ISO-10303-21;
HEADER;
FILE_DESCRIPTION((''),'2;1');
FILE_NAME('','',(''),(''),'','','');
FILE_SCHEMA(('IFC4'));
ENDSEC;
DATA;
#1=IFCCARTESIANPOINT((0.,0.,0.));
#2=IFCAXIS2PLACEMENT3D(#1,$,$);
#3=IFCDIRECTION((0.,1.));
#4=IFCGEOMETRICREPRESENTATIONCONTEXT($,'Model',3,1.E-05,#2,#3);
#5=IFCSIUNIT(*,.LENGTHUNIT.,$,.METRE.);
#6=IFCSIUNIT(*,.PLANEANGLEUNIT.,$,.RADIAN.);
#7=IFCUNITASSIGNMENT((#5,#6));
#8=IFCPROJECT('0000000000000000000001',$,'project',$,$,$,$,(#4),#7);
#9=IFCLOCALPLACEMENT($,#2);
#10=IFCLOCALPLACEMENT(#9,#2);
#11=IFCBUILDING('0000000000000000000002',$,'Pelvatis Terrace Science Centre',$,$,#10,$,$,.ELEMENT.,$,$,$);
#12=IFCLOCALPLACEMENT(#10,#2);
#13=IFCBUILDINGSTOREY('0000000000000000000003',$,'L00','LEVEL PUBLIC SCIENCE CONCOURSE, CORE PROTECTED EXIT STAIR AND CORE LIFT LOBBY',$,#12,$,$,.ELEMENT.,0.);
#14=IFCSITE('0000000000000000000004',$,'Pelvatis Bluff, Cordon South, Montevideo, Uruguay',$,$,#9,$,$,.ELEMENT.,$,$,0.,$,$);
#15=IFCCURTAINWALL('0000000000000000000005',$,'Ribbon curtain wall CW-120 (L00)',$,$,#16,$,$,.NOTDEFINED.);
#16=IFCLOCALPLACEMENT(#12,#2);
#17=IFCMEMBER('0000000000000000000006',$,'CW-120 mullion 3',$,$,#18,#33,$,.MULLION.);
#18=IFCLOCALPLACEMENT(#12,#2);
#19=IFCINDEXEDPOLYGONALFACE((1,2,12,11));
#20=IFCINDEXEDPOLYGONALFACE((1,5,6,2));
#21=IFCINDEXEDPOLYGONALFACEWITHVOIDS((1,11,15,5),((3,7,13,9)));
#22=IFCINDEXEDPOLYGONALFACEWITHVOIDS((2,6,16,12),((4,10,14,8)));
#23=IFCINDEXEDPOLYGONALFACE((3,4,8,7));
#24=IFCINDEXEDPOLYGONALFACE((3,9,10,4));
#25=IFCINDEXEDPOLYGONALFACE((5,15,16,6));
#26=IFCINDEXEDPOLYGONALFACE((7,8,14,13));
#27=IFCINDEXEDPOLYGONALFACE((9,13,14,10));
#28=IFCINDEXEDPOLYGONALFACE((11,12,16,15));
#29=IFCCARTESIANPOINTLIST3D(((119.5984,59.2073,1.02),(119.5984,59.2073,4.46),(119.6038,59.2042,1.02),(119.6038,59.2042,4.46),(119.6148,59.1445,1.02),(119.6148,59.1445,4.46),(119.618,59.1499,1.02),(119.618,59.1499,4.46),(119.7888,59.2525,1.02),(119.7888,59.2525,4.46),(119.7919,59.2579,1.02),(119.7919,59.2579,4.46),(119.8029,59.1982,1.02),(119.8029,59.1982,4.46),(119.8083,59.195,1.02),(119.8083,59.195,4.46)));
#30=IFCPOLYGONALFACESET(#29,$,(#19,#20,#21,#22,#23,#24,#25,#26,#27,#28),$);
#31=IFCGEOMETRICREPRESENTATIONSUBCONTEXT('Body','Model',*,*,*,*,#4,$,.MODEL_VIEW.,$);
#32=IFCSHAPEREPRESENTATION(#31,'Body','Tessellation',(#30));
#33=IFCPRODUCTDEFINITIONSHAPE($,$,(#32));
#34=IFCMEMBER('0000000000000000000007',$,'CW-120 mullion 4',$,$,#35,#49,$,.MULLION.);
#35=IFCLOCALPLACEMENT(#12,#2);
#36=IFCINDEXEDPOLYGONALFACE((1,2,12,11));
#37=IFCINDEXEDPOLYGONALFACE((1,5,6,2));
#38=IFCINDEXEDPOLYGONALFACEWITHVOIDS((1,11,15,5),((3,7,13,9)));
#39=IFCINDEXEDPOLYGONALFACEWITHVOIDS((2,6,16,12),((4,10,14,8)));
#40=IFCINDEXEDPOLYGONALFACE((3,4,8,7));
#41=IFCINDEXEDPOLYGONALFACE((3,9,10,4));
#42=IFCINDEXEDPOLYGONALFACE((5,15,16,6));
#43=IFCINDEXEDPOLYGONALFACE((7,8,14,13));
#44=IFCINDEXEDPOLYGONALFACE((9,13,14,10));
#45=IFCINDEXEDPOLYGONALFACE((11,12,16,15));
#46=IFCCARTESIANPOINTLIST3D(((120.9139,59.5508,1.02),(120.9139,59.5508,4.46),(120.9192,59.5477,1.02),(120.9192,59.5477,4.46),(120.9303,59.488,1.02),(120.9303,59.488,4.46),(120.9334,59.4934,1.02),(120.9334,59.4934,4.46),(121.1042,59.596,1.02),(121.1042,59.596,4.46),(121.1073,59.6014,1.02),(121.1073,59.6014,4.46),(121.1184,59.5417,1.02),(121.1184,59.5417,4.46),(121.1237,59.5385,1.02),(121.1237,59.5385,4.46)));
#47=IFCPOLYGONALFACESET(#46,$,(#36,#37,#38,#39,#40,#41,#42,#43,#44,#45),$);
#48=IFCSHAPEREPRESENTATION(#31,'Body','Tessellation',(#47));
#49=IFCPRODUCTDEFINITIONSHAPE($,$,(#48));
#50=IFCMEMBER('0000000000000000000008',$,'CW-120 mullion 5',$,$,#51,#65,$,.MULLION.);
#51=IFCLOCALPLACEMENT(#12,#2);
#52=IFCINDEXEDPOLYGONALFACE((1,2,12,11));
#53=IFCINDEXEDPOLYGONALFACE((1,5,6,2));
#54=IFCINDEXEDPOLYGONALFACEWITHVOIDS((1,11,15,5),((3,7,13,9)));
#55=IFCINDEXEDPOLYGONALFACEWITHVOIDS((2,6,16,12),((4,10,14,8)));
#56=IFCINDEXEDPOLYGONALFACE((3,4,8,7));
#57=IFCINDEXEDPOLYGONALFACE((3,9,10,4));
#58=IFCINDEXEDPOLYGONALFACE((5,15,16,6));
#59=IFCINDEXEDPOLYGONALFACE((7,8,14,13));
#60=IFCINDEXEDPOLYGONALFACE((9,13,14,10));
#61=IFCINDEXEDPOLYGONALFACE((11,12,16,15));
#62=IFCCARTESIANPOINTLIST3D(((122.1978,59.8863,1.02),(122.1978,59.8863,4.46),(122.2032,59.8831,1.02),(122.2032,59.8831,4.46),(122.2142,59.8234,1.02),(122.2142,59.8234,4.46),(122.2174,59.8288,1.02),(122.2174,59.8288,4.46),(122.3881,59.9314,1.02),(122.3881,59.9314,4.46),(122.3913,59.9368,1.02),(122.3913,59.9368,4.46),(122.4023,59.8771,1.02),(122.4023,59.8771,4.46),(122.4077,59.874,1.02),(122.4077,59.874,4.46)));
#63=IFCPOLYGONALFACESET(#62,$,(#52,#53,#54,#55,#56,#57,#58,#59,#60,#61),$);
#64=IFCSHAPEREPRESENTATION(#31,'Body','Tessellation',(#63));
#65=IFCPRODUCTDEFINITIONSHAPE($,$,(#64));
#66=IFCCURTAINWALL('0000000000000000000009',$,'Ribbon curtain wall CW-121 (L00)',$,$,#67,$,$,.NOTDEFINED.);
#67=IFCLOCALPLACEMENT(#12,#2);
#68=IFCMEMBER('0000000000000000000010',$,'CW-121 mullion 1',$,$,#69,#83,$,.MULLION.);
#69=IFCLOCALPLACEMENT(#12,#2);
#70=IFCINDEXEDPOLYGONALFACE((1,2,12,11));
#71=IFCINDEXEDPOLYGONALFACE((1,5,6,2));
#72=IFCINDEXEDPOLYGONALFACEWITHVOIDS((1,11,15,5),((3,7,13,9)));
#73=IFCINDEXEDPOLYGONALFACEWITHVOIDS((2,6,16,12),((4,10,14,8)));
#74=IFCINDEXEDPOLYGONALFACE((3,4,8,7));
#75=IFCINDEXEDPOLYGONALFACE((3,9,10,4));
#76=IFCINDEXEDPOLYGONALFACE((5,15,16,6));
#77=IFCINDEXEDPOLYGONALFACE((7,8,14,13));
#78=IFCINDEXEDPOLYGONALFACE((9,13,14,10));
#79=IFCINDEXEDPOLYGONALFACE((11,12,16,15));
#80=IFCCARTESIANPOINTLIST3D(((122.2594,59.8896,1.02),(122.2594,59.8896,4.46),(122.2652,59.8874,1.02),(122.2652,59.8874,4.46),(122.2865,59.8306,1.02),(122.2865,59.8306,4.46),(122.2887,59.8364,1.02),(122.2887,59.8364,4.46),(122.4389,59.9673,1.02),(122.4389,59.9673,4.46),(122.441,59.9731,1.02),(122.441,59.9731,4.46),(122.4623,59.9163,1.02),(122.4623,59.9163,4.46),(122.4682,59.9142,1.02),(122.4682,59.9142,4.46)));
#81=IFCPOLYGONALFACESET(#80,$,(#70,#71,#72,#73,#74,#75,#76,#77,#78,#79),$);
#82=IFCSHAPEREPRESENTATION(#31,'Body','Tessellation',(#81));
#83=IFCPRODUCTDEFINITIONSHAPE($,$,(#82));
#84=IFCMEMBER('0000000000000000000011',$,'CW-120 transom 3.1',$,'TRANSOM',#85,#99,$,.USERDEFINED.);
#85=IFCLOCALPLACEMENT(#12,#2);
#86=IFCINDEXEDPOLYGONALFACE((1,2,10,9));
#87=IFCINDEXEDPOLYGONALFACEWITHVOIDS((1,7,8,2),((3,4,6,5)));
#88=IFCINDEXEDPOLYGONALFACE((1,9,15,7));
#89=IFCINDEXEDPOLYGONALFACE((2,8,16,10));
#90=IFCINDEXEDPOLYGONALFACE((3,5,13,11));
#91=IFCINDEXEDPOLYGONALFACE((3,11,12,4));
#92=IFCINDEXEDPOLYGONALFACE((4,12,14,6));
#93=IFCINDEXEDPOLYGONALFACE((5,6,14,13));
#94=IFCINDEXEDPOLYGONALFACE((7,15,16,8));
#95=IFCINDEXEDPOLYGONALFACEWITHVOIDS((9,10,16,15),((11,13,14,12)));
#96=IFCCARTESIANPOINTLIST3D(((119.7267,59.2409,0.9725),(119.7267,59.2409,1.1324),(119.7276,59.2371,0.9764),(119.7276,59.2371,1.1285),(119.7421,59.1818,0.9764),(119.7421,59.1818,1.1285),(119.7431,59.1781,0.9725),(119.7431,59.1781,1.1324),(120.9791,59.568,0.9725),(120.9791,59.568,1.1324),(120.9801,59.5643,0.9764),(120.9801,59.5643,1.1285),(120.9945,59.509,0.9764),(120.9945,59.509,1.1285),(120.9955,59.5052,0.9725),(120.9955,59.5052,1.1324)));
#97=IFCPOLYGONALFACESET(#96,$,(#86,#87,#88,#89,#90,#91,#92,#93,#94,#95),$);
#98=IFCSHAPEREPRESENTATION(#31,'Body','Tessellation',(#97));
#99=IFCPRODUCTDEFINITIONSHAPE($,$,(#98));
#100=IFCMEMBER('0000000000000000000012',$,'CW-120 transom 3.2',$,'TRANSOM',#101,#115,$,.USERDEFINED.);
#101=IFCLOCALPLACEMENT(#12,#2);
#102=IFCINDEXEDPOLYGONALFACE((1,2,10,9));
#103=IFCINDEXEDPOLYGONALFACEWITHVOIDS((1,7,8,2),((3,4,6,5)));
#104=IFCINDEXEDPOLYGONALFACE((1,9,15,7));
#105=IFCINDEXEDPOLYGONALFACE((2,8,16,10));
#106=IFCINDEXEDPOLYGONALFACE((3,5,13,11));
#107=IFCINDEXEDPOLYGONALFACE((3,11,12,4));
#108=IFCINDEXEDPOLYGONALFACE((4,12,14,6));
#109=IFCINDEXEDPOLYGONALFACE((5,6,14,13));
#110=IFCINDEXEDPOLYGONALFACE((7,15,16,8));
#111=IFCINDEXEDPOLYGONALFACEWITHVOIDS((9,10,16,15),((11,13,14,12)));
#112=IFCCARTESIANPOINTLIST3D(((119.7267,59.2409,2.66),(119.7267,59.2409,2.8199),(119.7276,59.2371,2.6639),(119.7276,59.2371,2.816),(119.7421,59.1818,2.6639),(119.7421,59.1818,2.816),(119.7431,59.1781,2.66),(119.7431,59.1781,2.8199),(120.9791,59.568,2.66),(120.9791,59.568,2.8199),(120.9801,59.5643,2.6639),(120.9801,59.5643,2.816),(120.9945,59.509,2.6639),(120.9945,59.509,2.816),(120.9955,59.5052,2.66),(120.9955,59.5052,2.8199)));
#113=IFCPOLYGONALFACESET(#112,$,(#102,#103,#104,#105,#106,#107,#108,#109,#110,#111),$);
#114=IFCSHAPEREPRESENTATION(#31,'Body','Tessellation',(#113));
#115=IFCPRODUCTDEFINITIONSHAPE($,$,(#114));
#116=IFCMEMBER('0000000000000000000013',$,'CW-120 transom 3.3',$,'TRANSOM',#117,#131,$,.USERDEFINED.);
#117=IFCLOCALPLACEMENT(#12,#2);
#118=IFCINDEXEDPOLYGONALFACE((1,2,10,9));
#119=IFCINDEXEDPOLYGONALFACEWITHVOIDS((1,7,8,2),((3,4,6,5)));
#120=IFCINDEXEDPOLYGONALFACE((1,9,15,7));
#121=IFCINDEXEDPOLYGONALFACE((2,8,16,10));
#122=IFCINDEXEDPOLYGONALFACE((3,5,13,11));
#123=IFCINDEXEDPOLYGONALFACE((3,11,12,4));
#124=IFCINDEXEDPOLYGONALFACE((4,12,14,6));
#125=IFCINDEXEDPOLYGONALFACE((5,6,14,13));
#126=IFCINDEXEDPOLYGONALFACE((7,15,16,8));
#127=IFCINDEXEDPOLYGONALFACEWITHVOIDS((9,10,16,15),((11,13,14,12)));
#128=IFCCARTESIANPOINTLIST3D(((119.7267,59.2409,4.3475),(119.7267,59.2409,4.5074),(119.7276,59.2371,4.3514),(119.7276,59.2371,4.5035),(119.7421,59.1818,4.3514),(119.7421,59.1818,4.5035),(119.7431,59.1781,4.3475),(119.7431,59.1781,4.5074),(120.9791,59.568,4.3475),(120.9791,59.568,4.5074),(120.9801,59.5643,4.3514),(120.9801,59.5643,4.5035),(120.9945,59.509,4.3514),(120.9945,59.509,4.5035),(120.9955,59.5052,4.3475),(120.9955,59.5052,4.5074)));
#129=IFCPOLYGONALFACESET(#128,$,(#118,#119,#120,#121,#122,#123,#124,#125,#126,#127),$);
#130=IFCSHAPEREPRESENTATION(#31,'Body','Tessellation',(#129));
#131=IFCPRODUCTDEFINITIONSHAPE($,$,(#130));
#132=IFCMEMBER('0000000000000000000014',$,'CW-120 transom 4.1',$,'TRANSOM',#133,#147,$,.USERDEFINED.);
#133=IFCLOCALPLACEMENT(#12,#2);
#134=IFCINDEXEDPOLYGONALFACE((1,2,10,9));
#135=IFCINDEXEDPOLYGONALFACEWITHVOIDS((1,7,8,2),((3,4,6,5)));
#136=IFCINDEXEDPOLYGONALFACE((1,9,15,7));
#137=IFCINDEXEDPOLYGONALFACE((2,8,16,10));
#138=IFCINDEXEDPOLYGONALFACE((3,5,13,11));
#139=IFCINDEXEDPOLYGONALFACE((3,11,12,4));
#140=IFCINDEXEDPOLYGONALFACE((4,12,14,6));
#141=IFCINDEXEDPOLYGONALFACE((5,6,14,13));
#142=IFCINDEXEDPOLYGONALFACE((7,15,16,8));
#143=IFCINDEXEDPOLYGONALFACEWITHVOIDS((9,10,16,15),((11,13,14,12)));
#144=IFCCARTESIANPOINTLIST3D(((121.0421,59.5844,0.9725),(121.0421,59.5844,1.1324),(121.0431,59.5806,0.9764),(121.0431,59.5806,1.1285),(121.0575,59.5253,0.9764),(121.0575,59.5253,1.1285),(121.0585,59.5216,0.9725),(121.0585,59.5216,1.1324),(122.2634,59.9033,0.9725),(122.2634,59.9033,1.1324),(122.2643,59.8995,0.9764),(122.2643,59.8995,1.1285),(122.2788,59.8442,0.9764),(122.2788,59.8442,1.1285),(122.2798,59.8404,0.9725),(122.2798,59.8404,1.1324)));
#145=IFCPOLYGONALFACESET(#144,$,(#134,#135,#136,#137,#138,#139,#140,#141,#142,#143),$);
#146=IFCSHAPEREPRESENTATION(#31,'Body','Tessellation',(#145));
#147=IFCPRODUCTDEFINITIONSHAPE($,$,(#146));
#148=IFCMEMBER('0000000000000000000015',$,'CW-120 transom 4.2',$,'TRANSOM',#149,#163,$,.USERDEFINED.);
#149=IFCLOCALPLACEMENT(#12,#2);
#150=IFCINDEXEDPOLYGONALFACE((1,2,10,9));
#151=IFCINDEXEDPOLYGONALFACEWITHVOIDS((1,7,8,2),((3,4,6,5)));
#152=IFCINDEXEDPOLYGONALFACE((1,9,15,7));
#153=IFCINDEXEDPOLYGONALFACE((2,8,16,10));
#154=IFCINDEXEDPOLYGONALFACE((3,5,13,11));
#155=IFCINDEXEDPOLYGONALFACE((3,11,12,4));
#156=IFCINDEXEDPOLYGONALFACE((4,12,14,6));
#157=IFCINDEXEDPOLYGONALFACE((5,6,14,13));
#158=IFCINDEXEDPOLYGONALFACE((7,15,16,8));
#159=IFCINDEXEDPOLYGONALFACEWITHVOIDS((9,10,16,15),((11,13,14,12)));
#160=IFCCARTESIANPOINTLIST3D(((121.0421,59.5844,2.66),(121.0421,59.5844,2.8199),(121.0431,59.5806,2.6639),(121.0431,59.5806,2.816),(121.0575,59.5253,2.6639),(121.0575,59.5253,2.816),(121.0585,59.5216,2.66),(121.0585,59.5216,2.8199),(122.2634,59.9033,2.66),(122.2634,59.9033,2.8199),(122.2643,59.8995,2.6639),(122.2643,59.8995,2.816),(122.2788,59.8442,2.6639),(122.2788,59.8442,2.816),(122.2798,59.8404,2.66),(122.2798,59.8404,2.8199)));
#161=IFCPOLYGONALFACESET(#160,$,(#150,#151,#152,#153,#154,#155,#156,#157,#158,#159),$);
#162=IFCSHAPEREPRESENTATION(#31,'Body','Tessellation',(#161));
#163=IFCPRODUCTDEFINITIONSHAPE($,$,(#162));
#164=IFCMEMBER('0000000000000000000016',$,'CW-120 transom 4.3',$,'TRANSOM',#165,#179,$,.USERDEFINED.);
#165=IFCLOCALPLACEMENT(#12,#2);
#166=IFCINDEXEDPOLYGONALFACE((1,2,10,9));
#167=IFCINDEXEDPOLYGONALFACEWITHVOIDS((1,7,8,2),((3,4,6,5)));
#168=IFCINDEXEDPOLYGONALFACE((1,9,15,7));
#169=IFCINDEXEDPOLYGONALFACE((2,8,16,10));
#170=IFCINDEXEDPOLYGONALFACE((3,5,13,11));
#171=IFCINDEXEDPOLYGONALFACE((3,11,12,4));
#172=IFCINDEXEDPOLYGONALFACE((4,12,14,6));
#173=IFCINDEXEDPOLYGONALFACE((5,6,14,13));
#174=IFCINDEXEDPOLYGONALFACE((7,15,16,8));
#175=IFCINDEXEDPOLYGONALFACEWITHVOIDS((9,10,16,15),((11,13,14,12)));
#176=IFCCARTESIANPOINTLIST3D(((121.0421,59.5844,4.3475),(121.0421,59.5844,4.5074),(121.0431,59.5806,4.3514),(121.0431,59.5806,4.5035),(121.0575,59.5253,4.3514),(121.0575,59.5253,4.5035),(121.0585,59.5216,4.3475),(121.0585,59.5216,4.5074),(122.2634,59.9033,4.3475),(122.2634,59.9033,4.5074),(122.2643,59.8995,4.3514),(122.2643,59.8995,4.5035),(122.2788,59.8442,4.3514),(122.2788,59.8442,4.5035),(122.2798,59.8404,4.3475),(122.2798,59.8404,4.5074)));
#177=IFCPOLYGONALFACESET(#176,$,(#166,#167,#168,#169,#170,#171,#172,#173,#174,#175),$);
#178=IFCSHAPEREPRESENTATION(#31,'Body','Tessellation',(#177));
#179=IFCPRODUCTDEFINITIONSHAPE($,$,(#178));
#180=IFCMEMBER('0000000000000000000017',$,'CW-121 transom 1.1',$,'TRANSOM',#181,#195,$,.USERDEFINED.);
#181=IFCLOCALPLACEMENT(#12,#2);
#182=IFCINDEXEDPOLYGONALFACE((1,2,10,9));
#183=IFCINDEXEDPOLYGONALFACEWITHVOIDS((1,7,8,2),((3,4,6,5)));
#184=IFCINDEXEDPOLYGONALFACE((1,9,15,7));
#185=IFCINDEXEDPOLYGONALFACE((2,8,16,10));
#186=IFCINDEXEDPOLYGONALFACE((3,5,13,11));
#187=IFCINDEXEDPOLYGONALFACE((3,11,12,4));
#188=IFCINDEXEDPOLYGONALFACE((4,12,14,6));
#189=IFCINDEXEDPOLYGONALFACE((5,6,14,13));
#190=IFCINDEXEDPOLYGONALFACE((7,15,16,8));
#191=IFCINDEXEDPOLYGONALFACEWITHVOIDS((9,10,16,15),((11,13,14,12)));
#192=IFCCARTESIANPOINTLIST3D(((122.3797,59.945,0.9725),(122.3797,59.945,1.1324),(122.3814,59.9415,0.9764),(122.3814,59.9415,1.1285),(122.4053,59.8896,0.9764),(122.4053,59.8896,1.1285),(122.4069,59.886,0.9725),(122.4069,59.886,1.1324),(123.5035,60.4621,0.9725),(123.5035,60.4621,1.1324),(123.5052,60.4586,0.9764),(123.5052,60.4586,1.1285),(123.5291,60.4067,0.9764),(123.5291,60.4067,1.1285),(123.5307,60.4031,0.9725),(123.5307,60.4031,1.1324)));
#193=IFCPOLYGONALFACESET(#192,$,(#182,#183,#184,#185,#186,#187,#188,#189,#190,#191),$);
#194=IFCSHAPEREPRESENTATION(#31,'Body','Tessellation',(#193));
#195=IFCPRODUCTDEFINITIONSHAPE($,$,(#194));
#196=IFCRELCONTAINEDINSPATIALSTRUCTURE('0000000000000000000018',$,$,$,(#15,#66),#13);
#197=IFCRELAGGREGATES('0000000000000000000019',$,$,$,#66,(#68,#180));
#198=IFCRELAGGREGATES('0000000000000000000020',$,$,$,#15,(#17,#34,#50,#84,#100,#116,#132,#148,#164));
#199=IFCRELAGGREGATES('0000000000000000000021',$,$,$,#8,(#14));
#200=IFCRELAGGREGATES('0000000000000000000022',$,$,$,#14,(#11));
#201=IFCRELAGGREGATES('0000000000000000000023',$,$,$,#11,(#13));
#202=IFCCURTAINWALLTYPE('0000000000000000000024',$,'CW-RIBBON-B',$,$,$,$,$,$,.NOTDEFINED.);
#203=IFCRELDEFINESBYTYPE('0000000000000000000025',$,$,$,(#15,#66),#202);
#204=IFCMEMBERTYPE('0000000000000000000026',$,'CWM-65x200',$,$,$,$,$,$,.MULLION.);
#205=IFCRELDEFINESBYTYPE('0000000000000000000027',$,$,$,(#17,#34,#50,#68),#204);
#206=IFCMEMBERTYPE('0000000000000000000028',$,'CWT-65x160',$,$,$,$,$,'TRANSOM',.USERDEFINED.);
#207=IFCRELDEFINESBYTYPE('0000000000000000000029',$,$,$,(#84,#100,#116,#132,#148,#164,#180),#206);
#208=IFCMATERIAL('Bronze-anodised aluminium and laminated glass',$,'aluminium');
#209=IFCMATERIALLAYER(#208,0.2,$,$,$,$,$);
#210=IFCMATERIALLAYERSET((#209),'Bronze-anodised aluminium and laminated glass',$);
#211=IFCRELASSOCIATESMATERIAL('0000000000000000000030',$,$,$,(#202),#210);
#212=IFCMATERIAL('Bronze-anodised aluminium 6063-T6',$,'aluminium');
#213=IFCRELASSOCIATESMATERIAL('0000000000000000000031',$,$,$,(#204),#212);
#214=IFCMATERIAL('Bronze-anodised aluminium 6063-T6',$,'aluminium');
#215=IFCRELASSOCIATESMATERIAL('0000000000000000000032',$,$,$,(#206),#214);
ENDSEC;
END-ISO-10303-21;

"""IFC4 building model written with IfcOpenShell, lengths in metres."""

from ifc_helpers import new_model, si_unit, direction, frame, origin, origin_2d, place, context, subcontext, project, spatial, hollow_rectangle, extrude, material, layer, layer_set, material_profile, profile_set, type_object, element, aggregate, save


model = new_model("IFC4")

# Units and contexts
model_context = context("Model", 3, precision=1e-05, world=origin(), true_north=direction((0.0, 1.0)))
body_context = subcontext(model_context, "Body", "Model", "MODEL_VIEW")
ifc_project = project(units=[si_unit("LENGTHUNIT", "METRE"), si_unit("PLANEANGLEUNIT", "RADIAN")], contexts=[model_context])

# Site, building, storey
site_placement = place(None, origin())
site = spatial("IfcSite", under=ifc_project, at=site_placement, Name="Pelvatis Bluff, Cordon South, Montevideo, Uruguay", CompositionType="ELEMENT", RefElevation=0.0)
building_placement = place(site_placement, origin())
building = spatial("IfcBuilding", under=site, at=building_placement, Name="Pelvatis Terrace Science Centre", CompositionType="ELEMENT")
storey_placement = place(building_placement, origin())
storey = spatial("IfcBuildingStorey", under=building, at=storey_placement, Name="L00", Description="LEVEL PUBLIC SCIENCE CONCOURSE, CORE PROTECTED EXIT STAIR AND CORE LIFT LOBBY", CompositionType="ELEMENT", Elevation=0.0)

# Curtain wall, members
ifc_material_1 = material(Name="Bronze-anodised aluminium and laminated glass", Category="aluminium")
ifc_layer_1 = layer(ifc_material_1, 0.2)
ifc_layer_set_1 = layer_set([ifc_layer_1], Name="Bronze-anodised aluminium and laminated glass")
curtain_wall_type = type_object("IfcCurtainWallType", Name="CW-RIBBON-B", PredefinedType="NOTDEFINED", material=ifc_layer_set_1)
curtain_wall_1_placement = place(storey_placement, origin())
curtain_wall_1 = element("IfcCurtainWall", 1, at=curtain_wall_1_placement, inside=storey, type_object=curtain_wall_type, Name="Ribbon curtain wall CW-120 (L00)", PredefinedType="NOTDEFINED")
ifc_material_2 = material(Name="Bronze-anodised aluminium 6063-T6", Category="aluminium")
ifc_material_profile_1 = material_profile(ifc_material_2, hollow_rectangle(XDim=0.0649, YDim=0.2, WallThickness=0.0044, at=origin_2d()), Name="ALU-MUL 65x200")
ifc_profile_set_1 = profile_set([ifc_material_profile_1], Name="Bronze-anodised aluminium 6063-T6")
member_type_1 = type_object("IfcMemberType", Name="CWM-65x200", PredefinedType="MULLION", material=ifc_profile_set_1)
member_1_placement = place(storey_placement, frame((119.7034, 59.2012, 1.02), z_axis=(0.0, 0.0, 1.0), x_axis=(-0.252698, 0.967545, 0.0)))
member_1 = element("IfcMember", 2, at=member_1_placement, type_object=member_type_1, Name="CW-120 mullion 3", PredefinedType="MULLION", context=body_context, shape_type="SweptSolid", body=[
    extrude(hollow_rectangle(XDim=0.0649, YDim=0.2, WallThickness=0.0044, at=origin_2d()), origin(), (0.0, 0.0, 1.0), 3.4399),
])
member_2_placement = place(storey_placement, frame((121.0188, 59.5447, 1.02), z_axis=(0.0, 0.0, 1.0), x_axis=(-0.252698, 0.967545, 0.0)))
member_2 = element("IfcMember", 3, at=member_2_placement, type_object=member_type_1, Name="CW-120 mullion 4", PredefinedType="MULLION", context=body_context, shape_type="SweptSolid", body=[
    extrude(hollow_rectangle(XDim=0.0649, YDim=0.2, WallThickness=0.0044, at=origin_2d()), origin(), (0.0, 0.0, 1.0), 3.4399),
])
member_3_placement = place(storey_placement, frame((122.3027, 59.8801, 1.02), z_axis=(0.0, 0.0, 1.0), x_axis=(-0.252698, 0.967545, 0.0)))
member_3 = element("IfcMember", 4, at=member_3_placement, type_object=member_type_1, Name="CW-120 mullion 5", PredefinedType="MULLION", context=body_context, shape_type="SweptSolid", body=[
    extrude(hollow_rectangle(XDim=0.0649, YDim=0.2, WallThickness=0.0044, at=origin_2d()), origin(), (0.0, 0.0, 1.0), 3.4399),
])

# Curtain wall, member
curtain_wall_2_placement = place(storey_placement, origin())
curtain_wall_2 = element("IfcCurtainWall", 5, at=curtain_wall_2_placement, inside=storey, type_object=curtain_wall_type, Name="Ribbon curtain wall CW-121 (L00)", PredefinedType="NOTDEFINED")
member_4_placement = place(storey_placement, frame((122.3638, 59.9019, 1.02), z_axis=(0.0, 0.0, 1.0), x_axis=(-0.418057, 0.908421, 0.0)))
member_4 = element("IfcMember", 6, at=member_4_placement, type_object=member_type_1, Name="CW-121 mullion 1", PredefinedType="MULLION", context=body_context, shape_type="SweptSolid", body=[
    extrude(hollow_rectangle(XDim=0.0649, YDim=0.2, WallThickness=0.0044, at=origin_2d()), origin(), (0.0, 0.0, 1.0), 3.4399),
])

# Members
ifc_material_3 = material(Name="Bronze-anodised aluminium 6063-T6", Category="aluminium")
ifc_material_profile_2 = material_profile(ifc_material_3, hollow_rectangle(XDim=0.0649, YDim=0.1599, WallThickness=0.0039, at=origin_2d()), Name="ALU-TRN 65x160")
ifc_profile_set_2 = profile_set([ifc_material_profile_2], Name="Bronze-anodised aluminium 6063-T6")
member_type_2 = type_object("IfcMemberType", Name="CWT-65x160", ElementType="TRANSOM", PredefinedType="USERDEFINED", material=ifc_profile_set_2)
member_5_placement = place(storey_placement, frame((119.7349, 59.2095, 1.0525), z_axis=(0.967537, 0.252729, 0.0), x_axis=(-0.252729, 0.967537, 0.0)))
member_5 = element("IfcMember", 7, at=member_5_placement, type_object=member_type_2, Name="CW-120 transom 3.1", ObjectType="TRANSOM", PredefinedType="USERDEFINED", context=body_context, shape_type="SweptSolid", body=[
    extrude(hollow_rectangle(XDim=0.0649, YDim=0.1599, WallThickness=0.0039, at=origin_2d()), origin(), (0.0, 0.0, 1.0), 1.2944),
])
member_6_placement = place(storey_placement, frame((119.7349, 59.2095, 2.74), z_axis=(0.967537, 0.252729, 0.0), x_axis=(-0.252729, 0.967537, 0.0)))
member_6 = element("IfcMember", 8, at=member_6_placement, type_object=member_type_2, Name="CW-120 transom 3.2", ObjectType="TRANSOM", PredefinedType="USERDEFINED", context=body_context, shape_type="SweptSolid", body=[
    extrude(hollow_rectangle(XDim=0.0649, YDim=0.1599, WallThickness=0.0039, at=origin_2d()), origin(), (0.0, 0.0, 1.0), 1.2944),
])
member_7_placement = place(storey_placement, frame((119.7349, 59.2095, 4.4275), z_axis=(0.967537, 0.252729, 0.0), x_axis=(-0.252729, 0.967537, 0.0)))
member_7 = element("IfcMember", 9, at=member_7_placement, type_object=member_type_2, Name="CW-120 transom 3.3", ObjectType="TRANSOM", PredefinedType="USERDEFINED", context=body_context, shape_type="SweptSolid", body=[
    extrude(hollow_rectangle(XDim=0.0649, YDim=0.1599, WallThickness=0.0039, at=origin_2d()), origin(), (0.0, 0.0, 1.0), 1.2944),
])
member_8_placement = place(storey_placement, frame((121.0503, 59.553, 1.0525), z_axis=(0.967564, 0.252627, 0.0), x_axis=(-0.252627, 0.967564, 0.0)))
member_8 = element("IfcMember", 10, at=member_8_placement, type_object=member_type_2, Name="CW-120 transom 4.1", ObjectType="TRANSOM", PredefinedType="USERDEFINED", context=body_context, shape_type="SweptSolid", body=[
    extrude(hollow_rectangle(XDim=0.0649, YDim=0.1599, WallThickness=0.0039, at=origin_2d()), origin(), (0.0, 0.0, 1.0), 1.2622),
])
member_9_placement = place(storey_placement, frame((121.0503, 59.553, 2.74), z_axis=(0.967564, 0.252627, 0.0), x_axis=(-0.252627, 0.967564, 0.0)))
member_9 = element("IfcMember", 11, at=member_9_placement, type_object=member_type_2, Name="CW-120 transom 4.2", ObjectType="TRANSOM", PredefinedType="USERDEFINED", context=body_context, shape_type="SweptSolid", body=[
    extrude(hollow_rectangle(XDim=0.0649, YDim=0.1599, WallThickness=0.0039, at=origin_2d()), origin(), (0.0, 0.0, 1.0), 1.2622),
])
member_10_placement = place(storey_placement, frame((121.0503, 59.553, 4.4275), z_axis=(0.967564, 0.252627, 0.0), x_axis=(-0.252627, 0.967564, 0.0)))
member_10 = element("IfcMember", 12, at=member_10_placement, type_object=member_type_2, Name="CW-120 transom 4.3", ObjectType="TRANSOM", PredefinedType="USERDEFINED", context=body_context, shape_type="SweptSolid", body=[
    extrude(hollow_rectangle(XDim=0.0649, YDim=0.1599, WallThickness=0.0039, at=origin_2d()), origin(), (0.0, 0.0, 1.0), 1.2622),
])
member_11_placement = place(storey_placement, frame((122.3933, 59.9155, 1.0525), z_axis=(0.908444, 0.418007, 0.0), x_axis=(-0.418007, 0.908444, 0.0)))
member_11 = element("IfcMember", 13, at=member_11_placement, type_object=member_type_2, Name="CW-121 transom 1.1", ObjectType="TRANSOM", PredefinedType="USERDEFINED", context=body_context, shape_type="SweptSolid", body=[
    extrude(hollow_rectangle(XDim=0.0649, YDim=0.1599, WallThickness=0.0039, at=origin_2d()), origin(), (0.0, 0.0, 1.0), 1.2371),
])
aggregate(curtain_wall_2, [member_4, member_11])

aggregate(curtain_wall_1, [member_1, member_2, member_3, member_5, member_6, member_7, member_8, member_9, member_10])

save(model, "model.ifc")
